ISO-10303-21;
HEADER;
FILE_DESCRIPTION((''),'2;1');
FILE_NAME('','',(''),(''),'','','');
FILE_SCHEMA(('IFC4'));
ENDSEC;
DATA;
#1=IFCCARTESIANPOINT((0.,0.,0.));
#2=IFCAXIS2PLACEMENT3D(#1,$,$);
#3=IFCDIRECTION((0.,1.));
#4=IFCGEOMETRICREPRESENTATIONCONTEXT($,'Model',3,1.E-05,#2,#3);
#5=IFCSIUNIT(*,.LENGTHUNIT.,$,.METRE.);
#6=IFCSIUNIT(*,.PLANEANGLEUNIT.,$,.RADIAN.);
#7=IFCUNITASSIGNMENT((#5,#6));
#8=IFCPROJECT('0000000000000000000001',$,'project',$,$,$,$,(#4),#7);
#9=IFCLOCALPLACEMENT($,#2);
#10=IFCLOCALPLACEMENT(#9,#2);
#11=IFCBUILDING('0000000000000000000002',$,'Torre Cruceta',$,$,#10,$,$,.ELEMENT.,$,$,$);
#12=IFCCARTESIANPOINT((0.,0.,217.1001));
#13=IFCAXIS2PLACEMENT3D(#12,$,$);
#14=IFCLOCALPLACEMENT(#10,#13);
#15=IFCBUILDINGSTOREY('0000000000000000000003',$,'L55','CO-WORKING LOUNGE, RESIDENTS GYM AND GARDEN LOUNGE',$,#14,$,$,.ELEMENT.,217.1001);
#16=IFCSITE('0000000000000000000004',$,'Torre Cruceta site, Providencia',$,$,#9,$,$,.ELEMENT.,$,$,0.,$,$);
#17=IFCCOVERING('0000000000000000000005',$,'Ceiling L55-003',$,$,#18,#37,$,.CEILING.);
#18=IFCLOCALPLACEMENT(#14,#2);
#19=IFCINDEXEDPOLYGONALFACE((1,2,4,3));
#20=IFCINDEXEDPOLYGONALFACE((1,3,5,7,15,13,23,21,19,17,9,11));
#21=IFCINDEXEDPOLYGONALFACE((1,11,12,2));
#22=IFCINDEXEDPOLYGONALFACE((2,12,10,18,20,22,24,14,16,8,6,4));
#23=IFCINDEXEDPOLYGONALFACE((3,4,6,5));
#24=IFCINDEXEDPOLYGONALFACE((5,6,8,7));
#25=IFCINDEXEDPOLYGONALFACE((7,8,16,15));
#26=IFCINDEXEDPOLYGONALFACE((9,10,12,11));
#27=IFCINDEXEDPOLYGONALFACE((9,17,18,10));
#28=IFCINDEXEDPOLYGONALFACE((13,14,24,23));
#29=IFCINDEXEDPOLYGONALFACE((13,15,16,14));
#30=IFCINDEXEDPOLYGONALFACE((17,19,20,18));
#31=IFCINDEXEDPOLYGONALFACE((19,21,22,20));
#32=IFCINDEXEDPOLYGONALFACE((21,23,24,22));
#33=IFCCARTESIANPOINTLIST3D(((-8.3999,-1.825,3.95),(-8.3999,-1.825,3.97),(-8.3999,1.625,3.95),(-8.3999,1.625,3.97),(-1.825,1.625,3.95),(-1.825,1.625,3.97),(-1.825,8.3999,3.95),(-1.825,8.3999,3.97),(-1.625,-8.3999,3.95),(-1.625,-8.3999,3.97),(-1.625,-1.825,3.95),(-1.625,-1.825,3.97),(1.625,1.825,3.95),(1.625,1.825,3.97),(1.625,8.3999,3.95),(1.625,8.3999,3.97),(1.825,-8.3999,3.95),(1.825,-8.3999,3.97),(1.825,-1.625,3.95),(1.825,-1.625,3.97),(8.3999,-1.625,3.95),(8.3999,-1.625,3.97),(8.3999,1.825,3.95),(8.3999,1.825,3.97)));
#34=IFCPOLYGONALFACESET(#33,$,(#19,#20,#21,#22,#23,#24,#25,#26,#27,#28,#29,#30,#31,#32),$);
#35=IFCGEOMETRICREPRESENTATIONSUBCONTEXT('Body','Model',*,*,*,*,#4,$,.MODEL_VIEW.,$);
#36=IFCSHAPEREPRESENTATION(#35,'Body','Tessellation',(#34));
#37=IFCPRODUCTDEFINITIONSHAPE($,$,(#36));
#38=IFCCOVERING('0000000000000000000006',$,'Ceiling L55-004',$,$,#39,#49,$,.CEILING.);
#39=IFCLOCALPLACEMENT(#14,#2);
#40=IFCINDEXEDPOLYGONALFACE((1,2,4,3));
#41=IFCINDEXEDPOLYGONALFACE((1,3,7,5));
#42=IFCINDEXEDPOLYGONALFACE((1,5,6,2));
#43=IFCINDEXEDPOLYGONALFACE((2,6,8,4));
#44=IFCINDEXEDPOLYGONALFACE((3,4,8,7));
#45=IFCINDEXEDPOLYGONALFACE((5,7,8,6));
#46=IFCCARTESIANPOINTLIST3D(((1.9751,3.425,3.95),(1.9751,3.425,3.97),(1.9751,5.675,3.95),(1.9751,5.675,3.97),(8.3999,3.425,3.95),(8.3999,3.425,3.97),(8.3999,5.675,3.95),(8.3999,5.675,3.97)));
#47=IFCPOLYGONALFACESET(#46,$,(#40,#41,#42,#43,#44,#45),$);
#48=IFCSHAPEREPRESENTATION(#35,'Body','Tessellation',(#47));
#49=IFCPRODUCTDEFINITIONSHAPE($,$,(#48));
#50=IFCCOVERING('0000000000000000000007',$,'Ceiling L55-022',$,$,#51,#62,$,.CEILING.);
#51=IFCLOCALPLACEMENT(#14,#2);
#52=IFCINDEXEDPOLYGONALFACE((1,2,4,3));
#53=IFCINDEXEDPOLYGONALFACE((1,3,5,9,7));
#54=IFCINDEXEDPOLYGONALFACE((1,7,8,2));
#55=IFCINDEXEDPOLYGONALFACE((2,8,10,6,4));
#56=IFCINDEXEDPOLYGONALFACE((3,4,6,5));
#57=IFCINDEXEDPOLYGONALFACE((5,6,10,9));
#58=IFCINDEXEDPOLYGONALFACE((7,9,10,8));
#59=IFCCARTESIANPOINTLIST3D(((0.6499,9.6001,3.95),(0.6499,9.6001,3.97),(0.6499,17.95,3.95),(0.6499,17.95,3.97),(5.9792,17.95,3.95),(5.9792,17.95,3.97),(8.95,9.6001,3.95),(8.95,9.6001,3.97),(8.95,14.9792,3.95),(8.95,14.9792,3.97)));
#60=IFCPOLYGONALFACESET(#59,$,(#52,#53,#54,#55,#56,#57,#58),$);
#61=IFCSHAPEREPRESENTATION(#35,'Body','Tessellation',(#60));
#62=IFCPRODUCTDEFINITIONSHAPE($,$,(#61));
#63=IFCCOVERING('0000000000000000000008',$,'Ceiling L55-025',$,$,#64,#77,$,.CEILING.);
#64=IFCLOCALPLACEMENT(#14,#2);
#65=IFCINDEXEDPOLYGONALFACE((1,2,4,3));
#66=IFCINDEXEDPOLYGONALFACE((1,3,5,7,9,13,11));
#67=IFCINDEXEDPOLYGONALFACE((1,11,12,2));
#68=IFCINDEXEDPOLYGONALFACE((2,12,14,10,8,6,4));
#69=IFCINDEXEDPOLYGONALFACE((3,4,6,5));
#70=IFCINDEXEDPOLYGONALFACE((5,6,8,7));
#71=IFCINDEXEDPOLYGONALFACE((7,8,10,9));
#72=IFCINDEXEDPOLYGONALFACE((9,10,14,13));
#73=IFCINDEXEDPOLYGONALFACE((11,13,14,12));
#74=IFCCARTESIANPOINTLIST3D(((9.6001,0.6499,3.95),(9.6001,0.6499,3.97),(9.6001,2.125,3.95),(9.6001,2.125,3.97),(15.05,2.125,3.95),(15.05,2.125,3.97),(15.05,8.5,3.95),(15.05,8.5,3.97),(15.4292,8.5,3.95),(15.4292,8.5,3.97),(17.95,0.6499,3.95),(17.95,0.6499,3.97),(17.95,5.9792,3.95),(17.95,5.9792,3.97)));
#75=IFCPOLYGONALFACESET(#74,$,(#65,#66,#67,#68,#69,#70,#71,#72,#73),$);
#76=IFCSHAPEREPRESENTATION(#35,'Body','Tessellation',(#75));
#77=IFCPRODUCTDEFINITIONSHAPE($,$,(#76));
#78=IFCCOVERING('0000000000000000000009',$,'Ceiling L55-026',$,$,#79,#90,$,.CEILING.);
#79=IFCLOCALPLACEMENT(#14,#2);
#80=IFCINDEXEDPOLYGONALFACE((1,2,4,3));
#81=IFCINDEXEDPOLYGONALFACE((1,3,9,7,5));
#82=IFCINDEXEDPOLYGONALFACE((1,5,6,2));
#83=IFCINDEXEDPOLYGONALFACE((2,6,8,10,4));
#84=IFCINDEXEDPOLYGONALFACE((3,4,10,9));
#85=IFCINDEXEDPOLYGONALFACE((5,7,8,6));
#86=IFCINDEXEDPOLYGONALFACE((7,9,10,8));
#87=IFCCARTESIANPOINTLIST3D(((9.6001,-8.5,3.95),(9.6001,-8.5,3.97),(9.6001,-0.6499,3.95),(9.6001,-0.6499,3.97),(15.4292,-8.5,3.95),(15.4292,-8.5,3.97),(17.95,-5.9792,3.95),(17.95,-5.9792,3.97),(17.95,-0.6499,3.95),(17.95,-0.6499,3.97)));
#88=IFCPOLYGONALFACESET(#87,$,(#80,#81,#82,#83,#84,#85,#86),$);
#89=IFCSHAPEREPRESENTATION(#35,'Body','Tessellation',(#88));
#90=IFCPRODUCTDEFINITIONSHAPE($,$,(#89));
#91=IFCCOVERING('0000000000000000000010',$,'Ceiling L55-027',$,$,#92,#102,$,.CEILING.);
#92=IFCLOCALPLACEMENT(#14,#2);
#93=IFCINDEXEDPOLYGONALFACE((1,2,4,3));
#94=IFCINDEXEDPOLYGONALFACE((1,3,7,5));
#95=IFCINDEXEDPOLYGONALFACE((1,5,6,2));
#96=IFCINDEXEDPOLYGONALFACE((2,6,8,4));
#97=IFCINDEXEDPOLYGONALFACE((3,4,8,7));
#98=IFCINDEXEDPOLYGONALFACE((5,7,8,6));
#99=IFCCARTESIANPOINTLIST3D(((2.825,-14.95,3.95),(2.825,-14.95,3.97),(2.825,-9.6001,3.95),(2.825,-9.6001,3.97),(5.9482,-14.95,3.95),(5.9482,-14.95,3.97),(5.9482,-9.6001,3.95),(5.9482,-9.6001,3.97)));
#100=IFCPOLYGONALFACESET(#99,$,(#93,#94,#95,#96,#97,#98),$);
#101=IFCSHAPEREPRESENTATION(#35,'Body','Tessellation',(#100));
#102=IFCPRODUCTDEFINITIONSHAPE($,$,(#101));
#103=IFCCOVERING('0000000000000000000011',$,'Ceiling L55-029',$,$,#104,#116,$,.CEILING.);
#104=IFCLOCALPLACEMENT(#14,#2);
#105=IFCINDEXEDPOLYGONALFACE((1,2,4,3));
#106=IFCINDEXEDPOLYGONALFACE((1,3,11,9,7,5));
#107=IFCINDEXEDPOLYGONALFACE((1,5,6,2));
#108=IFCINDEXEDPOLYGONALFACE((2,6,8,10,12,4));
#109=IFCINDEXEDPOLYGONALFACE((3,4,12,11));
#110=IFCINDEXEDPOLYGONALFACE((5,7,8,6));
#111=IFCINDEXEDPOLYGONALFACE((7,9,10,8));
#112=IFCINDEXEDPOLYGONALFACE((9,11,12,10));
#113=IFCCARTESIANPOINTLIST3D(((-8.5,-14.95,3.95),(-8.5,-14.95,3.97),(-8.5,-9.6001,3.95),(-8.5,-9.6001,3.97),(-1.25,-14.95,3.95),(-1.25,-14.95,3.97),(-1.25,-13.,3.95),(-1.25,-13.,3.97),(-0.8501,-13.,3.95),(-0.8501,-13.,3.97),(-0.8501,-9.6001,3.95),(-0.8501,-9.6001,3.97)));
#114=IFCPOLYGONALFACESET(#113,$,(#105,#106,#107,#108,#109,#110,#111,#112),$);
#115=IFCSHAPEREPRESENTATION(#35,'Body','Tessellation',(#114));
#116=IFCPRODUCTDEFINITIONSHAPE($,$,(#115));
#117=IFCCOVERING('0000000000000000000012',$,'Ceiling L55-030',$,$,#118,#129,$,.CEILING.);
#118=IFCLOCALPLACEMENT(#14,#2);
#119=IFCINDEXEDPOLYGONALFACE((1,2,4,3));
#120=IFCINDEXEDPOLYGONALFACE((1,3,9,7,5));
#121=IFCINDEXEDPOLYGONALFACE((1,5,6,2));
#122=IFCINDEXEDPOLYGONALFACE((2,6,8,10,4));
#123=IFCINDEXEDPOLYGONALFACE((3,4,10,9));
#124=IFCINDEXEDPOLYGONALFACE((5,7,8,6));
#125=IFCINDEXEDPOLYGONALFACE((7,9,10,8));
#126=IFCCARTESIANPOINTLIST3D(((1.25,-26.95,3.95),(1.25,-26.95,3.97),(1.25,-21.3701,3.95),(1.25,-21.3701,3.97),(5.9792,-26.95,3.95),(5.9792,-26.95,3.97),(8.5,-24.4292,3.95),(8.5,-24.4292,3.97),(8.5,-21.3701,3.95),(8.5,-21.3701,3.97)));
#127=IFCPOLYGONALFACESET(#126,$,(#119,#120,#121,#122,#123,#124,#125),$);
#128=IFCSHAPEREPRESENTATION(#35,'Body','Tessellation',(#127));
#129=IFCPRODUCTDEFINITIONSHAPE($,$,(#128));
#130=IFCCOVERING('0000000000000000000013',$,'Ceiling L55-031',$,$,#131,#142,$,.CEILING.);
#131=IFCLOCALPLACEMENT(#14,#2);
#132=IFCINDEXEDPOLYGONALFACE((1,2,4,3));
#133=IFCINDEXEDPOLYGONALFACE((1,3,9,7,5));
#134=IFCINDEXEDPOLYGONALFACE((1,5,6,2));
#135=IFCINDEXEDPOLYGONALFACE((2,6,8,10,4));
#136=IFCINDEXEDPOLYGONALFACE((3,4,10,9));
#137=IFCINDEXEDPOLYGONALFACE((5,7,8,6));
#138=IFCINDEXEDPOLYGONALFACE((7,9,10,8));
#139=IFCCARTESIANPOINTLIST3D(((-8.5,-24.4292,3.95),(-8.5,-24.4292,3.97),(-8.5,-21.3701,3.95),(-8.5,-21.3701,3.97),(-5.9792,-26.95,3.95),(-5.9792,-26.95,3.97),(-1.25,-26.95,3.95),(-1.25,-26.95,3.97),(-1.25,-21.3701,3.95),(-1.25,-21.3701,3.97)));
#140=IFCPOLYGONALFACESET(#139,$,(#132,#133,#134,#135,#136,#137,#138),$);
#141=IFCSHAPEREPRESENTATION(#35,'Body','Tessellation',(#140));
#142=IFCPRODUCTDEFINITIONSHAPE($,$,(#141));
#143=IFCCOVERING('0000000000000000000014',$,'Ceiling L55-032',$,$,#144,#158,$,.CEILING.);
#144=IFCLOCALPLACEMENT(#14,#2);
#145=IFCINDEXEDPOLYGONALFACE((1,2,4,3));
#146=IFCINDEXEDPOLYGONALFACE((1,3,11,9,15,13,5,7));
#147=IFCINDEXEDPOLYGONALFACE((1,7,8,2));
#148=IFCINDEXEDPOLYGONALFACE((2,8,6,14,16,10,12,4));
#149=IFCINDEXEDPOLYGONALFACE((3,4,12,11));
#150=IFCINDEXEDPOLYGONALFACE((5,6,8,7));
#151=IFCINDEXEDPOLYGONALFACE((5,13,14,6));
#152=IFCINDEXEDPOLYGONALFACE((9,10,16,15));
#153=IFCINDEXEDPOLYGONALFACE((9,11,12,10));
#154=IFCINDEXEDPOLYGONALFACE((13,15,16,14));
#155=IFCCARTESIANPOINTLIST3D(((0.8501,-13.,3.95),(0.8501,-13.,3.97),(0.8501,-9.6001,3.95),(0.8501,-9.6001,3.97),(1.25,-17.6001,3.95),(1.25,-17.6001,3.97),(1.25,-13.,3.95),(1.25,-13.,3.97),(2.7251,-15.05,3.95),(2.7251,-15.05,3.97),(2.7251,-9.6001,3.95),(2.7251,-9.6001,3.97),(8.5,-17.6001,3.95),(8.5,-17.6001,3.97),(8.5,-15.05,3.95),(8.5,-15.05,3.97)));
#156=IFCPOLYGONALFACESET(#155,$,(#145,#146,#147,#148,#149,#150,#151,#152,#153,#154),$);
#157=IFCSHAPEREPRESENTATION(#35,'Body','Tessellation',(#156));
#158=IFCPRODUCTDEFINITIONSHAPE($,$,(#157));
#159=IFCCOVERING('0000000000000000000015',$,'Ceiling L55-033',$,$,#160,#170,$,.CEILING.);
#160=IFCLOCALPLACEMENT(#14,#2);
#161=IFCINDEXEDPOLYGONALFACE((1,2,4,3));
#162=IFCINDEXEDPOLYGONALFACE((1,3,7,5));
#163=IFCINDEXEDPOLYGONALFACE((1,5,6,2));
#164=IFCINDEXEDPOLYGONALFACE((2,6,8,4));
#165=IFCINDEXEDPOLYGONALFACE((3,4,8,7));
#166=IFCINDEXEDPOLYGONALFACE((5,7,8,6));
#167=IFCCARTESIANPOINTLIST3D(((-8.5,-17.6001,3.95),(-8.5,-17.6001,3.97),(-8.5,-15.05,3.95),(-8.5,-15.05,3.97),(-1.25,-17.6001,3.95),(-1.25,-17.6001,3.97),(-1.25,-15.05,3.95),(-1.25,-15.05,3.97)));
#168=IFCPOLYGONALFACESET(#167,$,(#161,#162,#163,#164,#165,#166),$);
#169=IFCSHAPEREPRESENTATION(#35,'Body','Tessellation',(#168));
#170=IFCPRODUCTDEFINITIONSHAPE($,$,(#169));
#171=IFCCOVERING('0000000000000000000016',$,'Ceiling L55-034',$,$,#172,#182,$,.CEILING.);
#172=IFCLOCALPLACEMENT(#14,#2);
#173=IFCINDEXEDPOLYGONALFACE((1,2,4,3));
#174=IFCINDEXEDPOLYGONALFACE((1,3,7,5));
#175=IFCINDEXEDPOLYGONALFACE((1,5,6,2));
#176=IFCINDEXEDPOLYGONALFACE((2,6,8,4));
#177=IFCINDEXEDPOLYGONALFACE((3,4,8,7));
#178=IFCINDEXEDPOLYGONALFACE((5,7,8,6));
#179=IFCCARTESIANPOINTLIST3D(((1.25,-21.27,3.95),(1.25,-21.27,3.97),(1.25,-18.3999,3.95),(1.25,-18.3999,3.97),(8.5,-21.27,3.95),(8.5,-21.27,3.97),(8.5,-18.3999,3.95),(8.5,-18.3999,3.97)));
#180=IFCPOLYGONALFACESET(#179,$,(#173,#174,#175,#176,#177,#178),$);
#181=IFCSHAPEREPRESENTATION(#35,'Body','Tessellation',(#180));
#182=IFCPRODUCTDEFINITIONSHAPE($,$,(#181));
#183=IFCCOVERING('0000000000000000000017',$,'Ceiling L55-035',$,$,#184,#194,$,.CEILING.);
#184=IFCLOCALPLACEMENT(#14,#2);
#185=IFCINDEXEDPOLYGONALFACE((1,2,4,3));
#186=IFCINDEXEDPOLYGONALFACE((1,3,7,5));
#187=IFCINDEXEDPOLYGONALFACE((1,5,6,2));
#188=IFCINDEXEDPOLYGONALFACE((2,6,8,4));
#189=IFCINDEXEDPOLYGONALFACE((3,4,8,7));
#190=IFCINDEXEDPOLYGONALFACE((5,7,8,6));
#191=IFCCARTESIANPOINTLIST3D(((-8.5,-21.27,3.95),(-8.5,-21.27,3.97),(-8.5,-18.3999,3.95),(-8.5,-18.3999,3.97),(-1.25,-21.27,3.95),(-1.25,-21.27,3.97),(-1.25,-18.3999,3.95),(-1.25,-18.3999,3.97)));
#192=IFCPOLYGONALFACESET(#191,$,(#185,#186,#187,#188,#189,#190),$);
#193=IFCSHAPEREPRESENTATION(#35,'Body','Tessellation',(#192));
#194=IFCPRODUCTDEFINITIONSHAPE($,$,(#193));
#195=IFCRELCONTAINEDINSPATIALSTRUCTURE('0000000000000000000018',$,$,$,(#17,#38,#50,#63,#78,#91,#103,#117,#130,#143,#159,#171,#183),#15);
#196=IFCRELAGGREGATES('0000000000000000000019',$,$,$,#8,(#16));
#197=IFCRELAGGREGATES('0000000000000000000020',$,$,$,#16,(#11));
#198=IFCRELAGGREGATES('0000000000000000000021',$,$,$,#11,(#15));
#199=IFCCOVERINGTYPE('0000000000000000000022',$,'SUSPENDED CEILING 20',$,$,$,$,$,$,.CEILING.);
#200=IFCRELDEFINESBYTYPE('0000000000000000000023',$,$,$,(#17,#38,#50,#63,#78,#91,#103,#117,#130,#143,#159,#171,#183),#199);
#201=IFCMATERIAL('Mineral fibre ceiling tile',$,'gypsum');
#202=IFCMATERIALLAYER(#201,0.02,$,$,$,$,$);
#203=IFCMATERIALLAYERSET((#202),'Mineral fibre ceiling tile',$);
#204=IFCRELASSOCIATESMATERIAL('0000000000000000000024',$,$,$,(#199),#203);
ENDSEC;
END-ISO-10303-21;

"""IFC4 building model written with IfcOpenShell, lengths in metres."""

from ifc_helpers import new_model, si_unit, direction, frame, origin, place, context, subcontext, project, spatial, polyline, outline, extrude, material, layer, layer_set, type_object, element, save


model = new_model("IFC4")

# Units and contexts
model_context = context("Model", 3, precision=1e-05, world=origin(), true_north=direction((0.0, 1.0)))
body_context = subcontext(model_context, "Body", "Model", "MODEL_VIEW")
ifc_project = project(units=[si_unit("LENGTHUNIT", "METRE"), si_unit("PLANEANGLEUNIT", "RADIAN")], contexts=[model_context])

# Site, building, storey
site_placement = place(None, origin())
site = spatial("IfcSite", under=ifc_project, at=site_placement, Name="Torre Cruceta site, Providencia", CompositionType="ELEMENT", RefElevation=0.0)
building_placement = place(site_placement, origin())
building = spatial("IfcBuilding", under=site, at=building_placement, Name="Torre Cruceta", CompositionType="ELEMENT")
storey_placement = place(building_placement, frame((0.0, 0.0, 217.1001)))
storey = spatial("IfcBuildingStorey", under=building, at=storey_placement, Name="L55", Description="CO-WORKING LOUNGE, RESIDENTS GYM AND GARDEN LOUNGE", CompositionType="ELEMENT", Elevation=217.1001)

# Coverings
ifc_material_1 = material(Name="Mineral fibre ceiling tile", Category="gypsum")
ifc_layer_1 = layer(ifc_material_1, 0.02)
ifc_layer_set_1 = layer_set([ifc_layer_1], Name="Mineral fibre ceiling tile")
covering_type_1 = type_object("IfcCoveringType", Name="SUSPENDED CEILING 20", PredefinedType="CEILING", material=ifc_layer_set_1)
covering_1_placement = place(storey_placement, frame((0.0, 0.0, 3.95)))
element("IfcCovering", 1, at=covering_1_placement, inside=storey, type_object=covering_type_1, Name="Ceiling L55-003", PredefinedType="CEILING", context=body_context, shape_type="SweptSolid", body=[
    extrude(outline(polyline([(-1.625, -8.3999), (-1.625, -1.825), (-8.3999, -1.825), (-8.3999, 1.625), (-1.825, 1.625), (-1.825, 8.3999), (1.625, 8.3999), (1.625, 1.825), (8.3999, 1.825), (8.3999, -1.625), (1.825, -1.625), (1.825, -8.3999), (-1.625, -8.3999)])), origin(), (0.0, 0.0, 1.0), 0.02),
])
covering_2_placement = place(storey_placement, frame((0.0, 0.0, 3.95)))
element("IfcCovering", 2, at=covering_2_placement, inside=storey, type_object=covering_type_1, Name="Ceiling L55-004", PredefinedType="CEILING", context=body_context, shape_type="SweptSolid", body=[
    extrude(outline(polyline([(1.9751, 3.425), (1.9751, 5.675), (8.3999, 5.675), (8.3999, 3.425), (1.9751, 3.425)])), origin(), (0.0, 0.0, 1.0), 0.02),
])
covering_3_placement = place(storey_placement, frame((0.0, 0.0, 3.95)))
element("IfcCovering", 3, at=covering_3_placement, inside=storey, type_object=covering_type_1, Name="Ceiling L55-022", PredefinedType="CEILING", context=body_context, shape_type="SweptSolid", body=[
    extrude(outline(polyline([(5.9792, 17.95), (8.95, 14.9792), (8.95, 9.6001), (0.6499, 9.6001), (0.6499, 17.95), (5.9792, 17.95)])), origin(), (0.0, 0.0, 1.0), 0.02),
])
covering_4_placement = place(storey_placement, frame((0.0, 0.0, 3.95)))
element("IfcCovering", 4, at=covering_4_placement, inside=storey, type_object=covering_type_1, Name="Ceiling L55-025", PredefinedType="CEILING", context=body_context, shape_type="SweptSolid", body=[
    extrude(outline(polyline([(9.6001, 2.125), (15.05, 2.125), (15.05, 8.5), (15.4292, 8.5), (17.95, 5.9792), (17.95, 0.6499), (9.6001, 0.6499), (9.6001, 2.125)])), origin(), (0.0, 0.0, 1.0), 0.02),
])
covering_5_placement = place(storey_placement, frame((0.0, 0.0, 3.95)))
element("IfcCovering", 5, at=covering_5_placement, inside=storey, type_object=covering_type_1, Name="Ceiling L55-026", PredefinedType="CEILING", context=body_context, shape_type="SweptSolid", body=[
    extrude(outline(polyline([(15.4292, -8.5), (9.6001, -8.5), (9.6001, -0.6499), (17.95, -0.6499), (17.95, -5.9792), (15.4292, -8.5)])), origin(), (0.0, 0.0, 1.0), 0.02),
])
covering_6_placement = place(storey_placement, frame((0.0, 0.0, 3.95)))
element("IfcCovering", 6, at=covering_6_placement, inside=storey, type_object=covering_type_1, Name="Ceiling L55-027", PredefinedType="CEILING", context=body_context, shape_type="SweptSolid", body=[
    extrude(outline(polyline([(2.825, -9.6001), (5.9482, -9.6001), (5.9482, -14.95), (2.825, -14.95), (2.825, -9.6001)])), origin(), (0.0, 0.0, 1.0), 0.02),
])
covering_7_placement = place(storey_placement, frame((0.0, 0.0, 3.95)))
element("IfcCovering", 7, at=covering_7_placement, inside=storey, type_object=covering_type_1, Name="Ceiling L55-029", PredefinedType="CEILING", context=body_context, shape_type="SweptSolid", body=[
    extrude(outline(polyline([(-8.5, -14.95), (-8.5, -9.6001), (-0.8501, -9.6001), (-0.8501, -13.0), (-1.25, -13.0), (-1.25, -14.95), (-8.5, -14.95)])), origin(), (0.0, 0.0, 1.0), 0.02),
])
covering_8_placement = place(storey_placement, frame((0.0, 0.0, 3.95)))
element("IfcCovering", 8, at=covering_8_placement, inside=storey, type_object=covering_type_1, Name="Ceiling L55-030", PredefinedType="CEILING", context=body_context, shape_type="SweptSolid", body=[
    extrude(outline(polyline([(1.25, -26.95), (1.25, -21.3701), (8.5, -21.3701), (8.5, -24.4292), (5.9792, -26.95), (1.25, -26.95)])), origin(), (0.0, 0.0, 1.0), 0.02),
])
covering_9_placement = place(storey_placement, frame((0.0, 0.0, 3.95)))
element("IfcCovering", 9, at=covering_9_placement, inside=storey, type_object=covering_type_1, Name="Ceiling L55-031", PredefinedType="CEILING", context=body_context, shape_type="SweptSolid", body=[
    extrude(outline(polyline([(-8.5, -24.4292), (-8.5, -21.3701), (-1.25, -21.3701), (-1.25, -26.95), (-5.9792, -26.95), (-8.5, -24.4292)])), origin(), (0.0, 0.0, 1.0), 0.02),
])
covering_10_placement = place(storey_placement, frame((0.0, 0.0, 3.95)))
element("IfcCovering", 10, at=covering_10_placement, inside=storey, type_object=covering_type_1, Name="Ceiling L55-032", PredefinedType="CEILING", context=body_context, shape_type="SweptSolid", body=[
    extrude(outline(polyline([(2.7251, -9.6001), (2.7251, -15.05), (8.5, -15.05), (8.5, -17.6001), (1.25, -17.6001), (1.25, -13.0), (0.8501, -13.0), (0.8501, -9.6001), (2.7251, -9.6001)])), origin(), (0.0, 0.0, 1.0), 0.02),
])
covering_11_placement = place(storey_placement, frame((0.0, 0.0, 3.95)))
element("IfcCovering", 11, at=covering_11_placement, inside=storey, type_object=covering_type_1, Name="Ceiling L55-033", PredefinedType="CEILING", context=body_context, shape_type="SweptSolid", body=[
    extrude(outline(polyline([(-8.5, -17.6001), (-8.5, -15.05), (-1.25, -15.05), (-1.25, -17.6001), (-8.5, -17.6001)])), origin(), (0.0, 0.0, 1.0), 0.02),
])
covering_12_placement = place(storey_placement, frame((0.0, 0.0, 3.95)))
element("IfcCovering", 12, at=covering_12_placement, inside=storey, type_object=covering_type_1, Name="Ceiling L55-034", PredefinedType="CEILING", context=body_context, shape_type="SweptSolid", body=[
    extrude(outline(polyline([(1.25, -21.27), (1.25, -18.3999), (8.5, -18.3999), (8.5, -21.27), (1.25, -21.27)])), origin(), (0.0, 0.0, 1.0), 0.02),
])
covering_13_placement = place(storey_placement, frame((0.0, 0.0, 3.95)))
element("IfcCovering", 13, at=covering_13_placement, inside=storey, type_object=covering_type_1, Name="Ceiling L55-035", PredefinedType="CEILING", context=body_context, shape_type="SweptSolid", body=[
    extrude(outline(polyline([(-8.5, -21.27), (-8.5, -18.3999), (-1.25, -18.3999), (-1.25, -21.27), (-8.5, -21.27)])), origin(), (0.0, 0.0, 1.0), 0.02),
])

save(model, "model.ifc")
